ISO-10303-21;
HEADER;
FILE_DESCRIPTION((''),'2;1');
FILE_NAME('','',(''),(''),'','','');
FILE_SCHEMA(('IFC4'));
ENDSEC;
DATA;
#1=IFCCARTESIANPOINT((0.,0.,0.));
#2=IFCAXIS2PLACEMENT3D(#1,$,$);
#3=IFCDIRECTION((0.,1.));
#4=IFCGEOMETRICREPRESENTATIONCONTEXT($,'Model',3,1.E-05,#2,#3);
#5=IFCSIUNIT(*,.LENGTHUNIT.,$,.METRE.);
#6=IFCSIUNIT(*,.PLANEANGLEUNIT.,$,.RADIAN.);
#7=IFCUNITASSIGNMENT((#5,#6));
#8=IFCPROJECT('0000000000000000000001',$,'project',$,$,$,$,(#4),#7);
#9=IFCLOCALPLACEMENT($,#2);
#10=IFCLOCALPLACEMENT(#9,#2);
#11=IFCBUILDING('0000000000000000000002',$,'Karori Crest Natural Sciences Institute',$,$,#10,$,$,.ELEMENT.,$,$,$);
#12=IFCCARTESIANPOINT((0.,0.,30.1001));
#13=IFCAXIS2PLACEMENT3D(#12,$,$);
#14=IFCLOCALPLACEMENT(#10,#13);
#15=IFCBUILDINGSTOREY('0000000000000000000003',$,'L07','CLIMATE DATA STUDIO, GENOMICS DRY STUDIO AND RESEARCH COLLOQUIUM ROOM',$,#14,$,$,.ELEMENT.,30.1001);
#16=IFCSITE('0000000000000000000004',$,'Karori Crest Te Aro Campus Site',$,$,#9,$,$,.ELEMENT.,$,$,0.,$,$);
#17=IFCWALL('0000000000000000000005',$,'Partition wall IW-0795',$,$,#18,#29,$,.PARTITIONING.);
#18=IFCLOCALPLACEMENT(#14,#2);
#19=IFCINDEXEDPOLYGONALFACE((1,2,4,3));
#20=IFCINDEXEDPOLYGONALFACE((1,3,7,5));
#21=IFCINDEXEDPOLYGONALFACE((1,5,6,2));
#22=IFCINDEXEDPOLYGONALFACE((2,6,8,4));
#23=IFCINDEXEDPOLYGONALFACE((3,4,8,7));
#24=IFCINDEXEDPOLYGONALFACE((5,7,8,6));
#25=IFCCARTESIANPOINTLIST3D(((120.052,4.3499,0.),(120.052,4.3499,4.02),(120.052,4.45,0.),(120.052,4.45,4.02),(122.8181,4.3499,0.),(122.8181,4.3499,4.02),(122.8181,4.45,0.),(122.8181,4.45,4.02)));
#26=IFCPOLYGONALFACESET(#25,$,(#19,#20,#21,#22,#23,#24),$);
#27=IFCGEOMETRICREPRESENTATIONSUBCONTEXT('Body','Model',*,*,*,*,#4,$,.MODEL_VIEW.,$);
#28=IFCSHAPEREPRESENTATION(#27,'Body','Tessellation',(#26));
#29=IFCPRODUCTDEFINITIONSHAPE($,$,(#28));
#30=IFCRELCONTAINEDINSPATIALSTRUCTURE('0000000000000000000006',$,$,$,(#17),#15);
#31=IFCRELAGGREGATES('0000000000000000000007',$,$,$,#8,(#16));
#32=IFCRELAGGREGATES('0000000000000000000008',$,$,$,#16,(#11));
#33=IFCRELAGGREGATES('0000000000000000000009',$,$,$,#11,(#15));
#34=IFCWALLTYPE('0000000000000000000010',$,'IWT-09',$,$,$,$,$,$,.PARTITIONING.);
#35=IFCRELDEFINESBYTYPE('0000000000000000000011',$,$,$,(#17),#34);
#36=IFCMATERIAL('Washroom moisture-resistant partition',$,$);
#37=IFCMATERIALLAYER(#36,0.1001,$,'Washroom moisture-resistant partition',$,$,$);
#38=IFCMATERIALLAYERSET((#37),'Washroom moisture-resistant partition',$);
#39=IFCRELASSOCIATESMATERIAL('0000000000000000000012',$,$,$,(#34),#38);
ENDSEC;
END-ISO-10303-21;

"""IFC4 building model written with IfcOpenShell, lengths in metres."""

from ifc_helpers import new_model, si_unit, direction, frame, frame_2d, origin, place, context, subcontext, project, spatial, rectangle, extrude, material, layer, layer_set, type_object, element, save


model = new_model("IFC4")

# Units and contexts
model_context = context("Model", 3, precision=1e-05, world=origin(), true_north=direction((0.0, 1.0)))
body_context = subcontext(model_context, "Body", "Model", "MODEL_VIEW")
ifc_project = project(units=[si_unit("LENGTHUNIT", "METRE"), si_unit("PLANEANGLEUNIT", "RADIAN")], contexts=[model_context])

# Site, building, storey
site_placement = place(None, origin())
site = spatial("IfcSite", under=ifc_project, at=site_placement, Name="Karori Crest Te Aro Campus Site", CompositionType="ELEMENT", RefElevation=0.0)
building_placement = place(site_placement, origin())
building = spatial("IfcBuilding", under=site, at=building_placement, Name="Karori Crest Natural Sciences Institute", CompositionType="ELEMENT")
storey_placement = place(building_placement, frame((0.0, 0.0, 30.1001)))
storey = spatial("IfcBuildingStorey", under=building, at=storey_placement, Name="L07", Description="CLIMATE DATA STUDIO, GENOMICS DRY STUDIO AND RESEARCH COLLOQUIUM ROOM", CompositionType="ELEMENT", Elevation=30.1001)

# Wall
ifc_material_1 = material(Name="Washroom moisture-resistant partition")
ifc_layer_1 = layer(ifc_material_1, 0.1001, Name="Washroom moisture-resistant partition")
ifc_layer_set_1 = layer_set([ifc_layer_1], Name="Washroom moisture-resistant partition")
wall_type_1 = type_object("IfcWallType", Name="IWT-09", PredefinedType="PARTITIONING", material=ifc_layer_set_1)
wall_1_placement = place(storey_placement, frame((120.052, 4.3999, 0.0), z_axis=(0.0, 0.0, 1.0), x_axis=(1.0, 0.0, 0.0)))
element("IfcWall", 1, at=wall_1_placement, inside=storey, type_object=wall_type_1, Name="Partition wall IW-0795", PredefinedType="PARTITIONING", context=body_context, shape_type="SweptSolid", body=[
    extrude(rectangle(XDim=2.7661, YDim=0.1001, at=frame_2d((1.3831, 0.0))), origin(), (0.0, 0.0, 1.0), 4.02),
])

save(model, "model.ifc")
